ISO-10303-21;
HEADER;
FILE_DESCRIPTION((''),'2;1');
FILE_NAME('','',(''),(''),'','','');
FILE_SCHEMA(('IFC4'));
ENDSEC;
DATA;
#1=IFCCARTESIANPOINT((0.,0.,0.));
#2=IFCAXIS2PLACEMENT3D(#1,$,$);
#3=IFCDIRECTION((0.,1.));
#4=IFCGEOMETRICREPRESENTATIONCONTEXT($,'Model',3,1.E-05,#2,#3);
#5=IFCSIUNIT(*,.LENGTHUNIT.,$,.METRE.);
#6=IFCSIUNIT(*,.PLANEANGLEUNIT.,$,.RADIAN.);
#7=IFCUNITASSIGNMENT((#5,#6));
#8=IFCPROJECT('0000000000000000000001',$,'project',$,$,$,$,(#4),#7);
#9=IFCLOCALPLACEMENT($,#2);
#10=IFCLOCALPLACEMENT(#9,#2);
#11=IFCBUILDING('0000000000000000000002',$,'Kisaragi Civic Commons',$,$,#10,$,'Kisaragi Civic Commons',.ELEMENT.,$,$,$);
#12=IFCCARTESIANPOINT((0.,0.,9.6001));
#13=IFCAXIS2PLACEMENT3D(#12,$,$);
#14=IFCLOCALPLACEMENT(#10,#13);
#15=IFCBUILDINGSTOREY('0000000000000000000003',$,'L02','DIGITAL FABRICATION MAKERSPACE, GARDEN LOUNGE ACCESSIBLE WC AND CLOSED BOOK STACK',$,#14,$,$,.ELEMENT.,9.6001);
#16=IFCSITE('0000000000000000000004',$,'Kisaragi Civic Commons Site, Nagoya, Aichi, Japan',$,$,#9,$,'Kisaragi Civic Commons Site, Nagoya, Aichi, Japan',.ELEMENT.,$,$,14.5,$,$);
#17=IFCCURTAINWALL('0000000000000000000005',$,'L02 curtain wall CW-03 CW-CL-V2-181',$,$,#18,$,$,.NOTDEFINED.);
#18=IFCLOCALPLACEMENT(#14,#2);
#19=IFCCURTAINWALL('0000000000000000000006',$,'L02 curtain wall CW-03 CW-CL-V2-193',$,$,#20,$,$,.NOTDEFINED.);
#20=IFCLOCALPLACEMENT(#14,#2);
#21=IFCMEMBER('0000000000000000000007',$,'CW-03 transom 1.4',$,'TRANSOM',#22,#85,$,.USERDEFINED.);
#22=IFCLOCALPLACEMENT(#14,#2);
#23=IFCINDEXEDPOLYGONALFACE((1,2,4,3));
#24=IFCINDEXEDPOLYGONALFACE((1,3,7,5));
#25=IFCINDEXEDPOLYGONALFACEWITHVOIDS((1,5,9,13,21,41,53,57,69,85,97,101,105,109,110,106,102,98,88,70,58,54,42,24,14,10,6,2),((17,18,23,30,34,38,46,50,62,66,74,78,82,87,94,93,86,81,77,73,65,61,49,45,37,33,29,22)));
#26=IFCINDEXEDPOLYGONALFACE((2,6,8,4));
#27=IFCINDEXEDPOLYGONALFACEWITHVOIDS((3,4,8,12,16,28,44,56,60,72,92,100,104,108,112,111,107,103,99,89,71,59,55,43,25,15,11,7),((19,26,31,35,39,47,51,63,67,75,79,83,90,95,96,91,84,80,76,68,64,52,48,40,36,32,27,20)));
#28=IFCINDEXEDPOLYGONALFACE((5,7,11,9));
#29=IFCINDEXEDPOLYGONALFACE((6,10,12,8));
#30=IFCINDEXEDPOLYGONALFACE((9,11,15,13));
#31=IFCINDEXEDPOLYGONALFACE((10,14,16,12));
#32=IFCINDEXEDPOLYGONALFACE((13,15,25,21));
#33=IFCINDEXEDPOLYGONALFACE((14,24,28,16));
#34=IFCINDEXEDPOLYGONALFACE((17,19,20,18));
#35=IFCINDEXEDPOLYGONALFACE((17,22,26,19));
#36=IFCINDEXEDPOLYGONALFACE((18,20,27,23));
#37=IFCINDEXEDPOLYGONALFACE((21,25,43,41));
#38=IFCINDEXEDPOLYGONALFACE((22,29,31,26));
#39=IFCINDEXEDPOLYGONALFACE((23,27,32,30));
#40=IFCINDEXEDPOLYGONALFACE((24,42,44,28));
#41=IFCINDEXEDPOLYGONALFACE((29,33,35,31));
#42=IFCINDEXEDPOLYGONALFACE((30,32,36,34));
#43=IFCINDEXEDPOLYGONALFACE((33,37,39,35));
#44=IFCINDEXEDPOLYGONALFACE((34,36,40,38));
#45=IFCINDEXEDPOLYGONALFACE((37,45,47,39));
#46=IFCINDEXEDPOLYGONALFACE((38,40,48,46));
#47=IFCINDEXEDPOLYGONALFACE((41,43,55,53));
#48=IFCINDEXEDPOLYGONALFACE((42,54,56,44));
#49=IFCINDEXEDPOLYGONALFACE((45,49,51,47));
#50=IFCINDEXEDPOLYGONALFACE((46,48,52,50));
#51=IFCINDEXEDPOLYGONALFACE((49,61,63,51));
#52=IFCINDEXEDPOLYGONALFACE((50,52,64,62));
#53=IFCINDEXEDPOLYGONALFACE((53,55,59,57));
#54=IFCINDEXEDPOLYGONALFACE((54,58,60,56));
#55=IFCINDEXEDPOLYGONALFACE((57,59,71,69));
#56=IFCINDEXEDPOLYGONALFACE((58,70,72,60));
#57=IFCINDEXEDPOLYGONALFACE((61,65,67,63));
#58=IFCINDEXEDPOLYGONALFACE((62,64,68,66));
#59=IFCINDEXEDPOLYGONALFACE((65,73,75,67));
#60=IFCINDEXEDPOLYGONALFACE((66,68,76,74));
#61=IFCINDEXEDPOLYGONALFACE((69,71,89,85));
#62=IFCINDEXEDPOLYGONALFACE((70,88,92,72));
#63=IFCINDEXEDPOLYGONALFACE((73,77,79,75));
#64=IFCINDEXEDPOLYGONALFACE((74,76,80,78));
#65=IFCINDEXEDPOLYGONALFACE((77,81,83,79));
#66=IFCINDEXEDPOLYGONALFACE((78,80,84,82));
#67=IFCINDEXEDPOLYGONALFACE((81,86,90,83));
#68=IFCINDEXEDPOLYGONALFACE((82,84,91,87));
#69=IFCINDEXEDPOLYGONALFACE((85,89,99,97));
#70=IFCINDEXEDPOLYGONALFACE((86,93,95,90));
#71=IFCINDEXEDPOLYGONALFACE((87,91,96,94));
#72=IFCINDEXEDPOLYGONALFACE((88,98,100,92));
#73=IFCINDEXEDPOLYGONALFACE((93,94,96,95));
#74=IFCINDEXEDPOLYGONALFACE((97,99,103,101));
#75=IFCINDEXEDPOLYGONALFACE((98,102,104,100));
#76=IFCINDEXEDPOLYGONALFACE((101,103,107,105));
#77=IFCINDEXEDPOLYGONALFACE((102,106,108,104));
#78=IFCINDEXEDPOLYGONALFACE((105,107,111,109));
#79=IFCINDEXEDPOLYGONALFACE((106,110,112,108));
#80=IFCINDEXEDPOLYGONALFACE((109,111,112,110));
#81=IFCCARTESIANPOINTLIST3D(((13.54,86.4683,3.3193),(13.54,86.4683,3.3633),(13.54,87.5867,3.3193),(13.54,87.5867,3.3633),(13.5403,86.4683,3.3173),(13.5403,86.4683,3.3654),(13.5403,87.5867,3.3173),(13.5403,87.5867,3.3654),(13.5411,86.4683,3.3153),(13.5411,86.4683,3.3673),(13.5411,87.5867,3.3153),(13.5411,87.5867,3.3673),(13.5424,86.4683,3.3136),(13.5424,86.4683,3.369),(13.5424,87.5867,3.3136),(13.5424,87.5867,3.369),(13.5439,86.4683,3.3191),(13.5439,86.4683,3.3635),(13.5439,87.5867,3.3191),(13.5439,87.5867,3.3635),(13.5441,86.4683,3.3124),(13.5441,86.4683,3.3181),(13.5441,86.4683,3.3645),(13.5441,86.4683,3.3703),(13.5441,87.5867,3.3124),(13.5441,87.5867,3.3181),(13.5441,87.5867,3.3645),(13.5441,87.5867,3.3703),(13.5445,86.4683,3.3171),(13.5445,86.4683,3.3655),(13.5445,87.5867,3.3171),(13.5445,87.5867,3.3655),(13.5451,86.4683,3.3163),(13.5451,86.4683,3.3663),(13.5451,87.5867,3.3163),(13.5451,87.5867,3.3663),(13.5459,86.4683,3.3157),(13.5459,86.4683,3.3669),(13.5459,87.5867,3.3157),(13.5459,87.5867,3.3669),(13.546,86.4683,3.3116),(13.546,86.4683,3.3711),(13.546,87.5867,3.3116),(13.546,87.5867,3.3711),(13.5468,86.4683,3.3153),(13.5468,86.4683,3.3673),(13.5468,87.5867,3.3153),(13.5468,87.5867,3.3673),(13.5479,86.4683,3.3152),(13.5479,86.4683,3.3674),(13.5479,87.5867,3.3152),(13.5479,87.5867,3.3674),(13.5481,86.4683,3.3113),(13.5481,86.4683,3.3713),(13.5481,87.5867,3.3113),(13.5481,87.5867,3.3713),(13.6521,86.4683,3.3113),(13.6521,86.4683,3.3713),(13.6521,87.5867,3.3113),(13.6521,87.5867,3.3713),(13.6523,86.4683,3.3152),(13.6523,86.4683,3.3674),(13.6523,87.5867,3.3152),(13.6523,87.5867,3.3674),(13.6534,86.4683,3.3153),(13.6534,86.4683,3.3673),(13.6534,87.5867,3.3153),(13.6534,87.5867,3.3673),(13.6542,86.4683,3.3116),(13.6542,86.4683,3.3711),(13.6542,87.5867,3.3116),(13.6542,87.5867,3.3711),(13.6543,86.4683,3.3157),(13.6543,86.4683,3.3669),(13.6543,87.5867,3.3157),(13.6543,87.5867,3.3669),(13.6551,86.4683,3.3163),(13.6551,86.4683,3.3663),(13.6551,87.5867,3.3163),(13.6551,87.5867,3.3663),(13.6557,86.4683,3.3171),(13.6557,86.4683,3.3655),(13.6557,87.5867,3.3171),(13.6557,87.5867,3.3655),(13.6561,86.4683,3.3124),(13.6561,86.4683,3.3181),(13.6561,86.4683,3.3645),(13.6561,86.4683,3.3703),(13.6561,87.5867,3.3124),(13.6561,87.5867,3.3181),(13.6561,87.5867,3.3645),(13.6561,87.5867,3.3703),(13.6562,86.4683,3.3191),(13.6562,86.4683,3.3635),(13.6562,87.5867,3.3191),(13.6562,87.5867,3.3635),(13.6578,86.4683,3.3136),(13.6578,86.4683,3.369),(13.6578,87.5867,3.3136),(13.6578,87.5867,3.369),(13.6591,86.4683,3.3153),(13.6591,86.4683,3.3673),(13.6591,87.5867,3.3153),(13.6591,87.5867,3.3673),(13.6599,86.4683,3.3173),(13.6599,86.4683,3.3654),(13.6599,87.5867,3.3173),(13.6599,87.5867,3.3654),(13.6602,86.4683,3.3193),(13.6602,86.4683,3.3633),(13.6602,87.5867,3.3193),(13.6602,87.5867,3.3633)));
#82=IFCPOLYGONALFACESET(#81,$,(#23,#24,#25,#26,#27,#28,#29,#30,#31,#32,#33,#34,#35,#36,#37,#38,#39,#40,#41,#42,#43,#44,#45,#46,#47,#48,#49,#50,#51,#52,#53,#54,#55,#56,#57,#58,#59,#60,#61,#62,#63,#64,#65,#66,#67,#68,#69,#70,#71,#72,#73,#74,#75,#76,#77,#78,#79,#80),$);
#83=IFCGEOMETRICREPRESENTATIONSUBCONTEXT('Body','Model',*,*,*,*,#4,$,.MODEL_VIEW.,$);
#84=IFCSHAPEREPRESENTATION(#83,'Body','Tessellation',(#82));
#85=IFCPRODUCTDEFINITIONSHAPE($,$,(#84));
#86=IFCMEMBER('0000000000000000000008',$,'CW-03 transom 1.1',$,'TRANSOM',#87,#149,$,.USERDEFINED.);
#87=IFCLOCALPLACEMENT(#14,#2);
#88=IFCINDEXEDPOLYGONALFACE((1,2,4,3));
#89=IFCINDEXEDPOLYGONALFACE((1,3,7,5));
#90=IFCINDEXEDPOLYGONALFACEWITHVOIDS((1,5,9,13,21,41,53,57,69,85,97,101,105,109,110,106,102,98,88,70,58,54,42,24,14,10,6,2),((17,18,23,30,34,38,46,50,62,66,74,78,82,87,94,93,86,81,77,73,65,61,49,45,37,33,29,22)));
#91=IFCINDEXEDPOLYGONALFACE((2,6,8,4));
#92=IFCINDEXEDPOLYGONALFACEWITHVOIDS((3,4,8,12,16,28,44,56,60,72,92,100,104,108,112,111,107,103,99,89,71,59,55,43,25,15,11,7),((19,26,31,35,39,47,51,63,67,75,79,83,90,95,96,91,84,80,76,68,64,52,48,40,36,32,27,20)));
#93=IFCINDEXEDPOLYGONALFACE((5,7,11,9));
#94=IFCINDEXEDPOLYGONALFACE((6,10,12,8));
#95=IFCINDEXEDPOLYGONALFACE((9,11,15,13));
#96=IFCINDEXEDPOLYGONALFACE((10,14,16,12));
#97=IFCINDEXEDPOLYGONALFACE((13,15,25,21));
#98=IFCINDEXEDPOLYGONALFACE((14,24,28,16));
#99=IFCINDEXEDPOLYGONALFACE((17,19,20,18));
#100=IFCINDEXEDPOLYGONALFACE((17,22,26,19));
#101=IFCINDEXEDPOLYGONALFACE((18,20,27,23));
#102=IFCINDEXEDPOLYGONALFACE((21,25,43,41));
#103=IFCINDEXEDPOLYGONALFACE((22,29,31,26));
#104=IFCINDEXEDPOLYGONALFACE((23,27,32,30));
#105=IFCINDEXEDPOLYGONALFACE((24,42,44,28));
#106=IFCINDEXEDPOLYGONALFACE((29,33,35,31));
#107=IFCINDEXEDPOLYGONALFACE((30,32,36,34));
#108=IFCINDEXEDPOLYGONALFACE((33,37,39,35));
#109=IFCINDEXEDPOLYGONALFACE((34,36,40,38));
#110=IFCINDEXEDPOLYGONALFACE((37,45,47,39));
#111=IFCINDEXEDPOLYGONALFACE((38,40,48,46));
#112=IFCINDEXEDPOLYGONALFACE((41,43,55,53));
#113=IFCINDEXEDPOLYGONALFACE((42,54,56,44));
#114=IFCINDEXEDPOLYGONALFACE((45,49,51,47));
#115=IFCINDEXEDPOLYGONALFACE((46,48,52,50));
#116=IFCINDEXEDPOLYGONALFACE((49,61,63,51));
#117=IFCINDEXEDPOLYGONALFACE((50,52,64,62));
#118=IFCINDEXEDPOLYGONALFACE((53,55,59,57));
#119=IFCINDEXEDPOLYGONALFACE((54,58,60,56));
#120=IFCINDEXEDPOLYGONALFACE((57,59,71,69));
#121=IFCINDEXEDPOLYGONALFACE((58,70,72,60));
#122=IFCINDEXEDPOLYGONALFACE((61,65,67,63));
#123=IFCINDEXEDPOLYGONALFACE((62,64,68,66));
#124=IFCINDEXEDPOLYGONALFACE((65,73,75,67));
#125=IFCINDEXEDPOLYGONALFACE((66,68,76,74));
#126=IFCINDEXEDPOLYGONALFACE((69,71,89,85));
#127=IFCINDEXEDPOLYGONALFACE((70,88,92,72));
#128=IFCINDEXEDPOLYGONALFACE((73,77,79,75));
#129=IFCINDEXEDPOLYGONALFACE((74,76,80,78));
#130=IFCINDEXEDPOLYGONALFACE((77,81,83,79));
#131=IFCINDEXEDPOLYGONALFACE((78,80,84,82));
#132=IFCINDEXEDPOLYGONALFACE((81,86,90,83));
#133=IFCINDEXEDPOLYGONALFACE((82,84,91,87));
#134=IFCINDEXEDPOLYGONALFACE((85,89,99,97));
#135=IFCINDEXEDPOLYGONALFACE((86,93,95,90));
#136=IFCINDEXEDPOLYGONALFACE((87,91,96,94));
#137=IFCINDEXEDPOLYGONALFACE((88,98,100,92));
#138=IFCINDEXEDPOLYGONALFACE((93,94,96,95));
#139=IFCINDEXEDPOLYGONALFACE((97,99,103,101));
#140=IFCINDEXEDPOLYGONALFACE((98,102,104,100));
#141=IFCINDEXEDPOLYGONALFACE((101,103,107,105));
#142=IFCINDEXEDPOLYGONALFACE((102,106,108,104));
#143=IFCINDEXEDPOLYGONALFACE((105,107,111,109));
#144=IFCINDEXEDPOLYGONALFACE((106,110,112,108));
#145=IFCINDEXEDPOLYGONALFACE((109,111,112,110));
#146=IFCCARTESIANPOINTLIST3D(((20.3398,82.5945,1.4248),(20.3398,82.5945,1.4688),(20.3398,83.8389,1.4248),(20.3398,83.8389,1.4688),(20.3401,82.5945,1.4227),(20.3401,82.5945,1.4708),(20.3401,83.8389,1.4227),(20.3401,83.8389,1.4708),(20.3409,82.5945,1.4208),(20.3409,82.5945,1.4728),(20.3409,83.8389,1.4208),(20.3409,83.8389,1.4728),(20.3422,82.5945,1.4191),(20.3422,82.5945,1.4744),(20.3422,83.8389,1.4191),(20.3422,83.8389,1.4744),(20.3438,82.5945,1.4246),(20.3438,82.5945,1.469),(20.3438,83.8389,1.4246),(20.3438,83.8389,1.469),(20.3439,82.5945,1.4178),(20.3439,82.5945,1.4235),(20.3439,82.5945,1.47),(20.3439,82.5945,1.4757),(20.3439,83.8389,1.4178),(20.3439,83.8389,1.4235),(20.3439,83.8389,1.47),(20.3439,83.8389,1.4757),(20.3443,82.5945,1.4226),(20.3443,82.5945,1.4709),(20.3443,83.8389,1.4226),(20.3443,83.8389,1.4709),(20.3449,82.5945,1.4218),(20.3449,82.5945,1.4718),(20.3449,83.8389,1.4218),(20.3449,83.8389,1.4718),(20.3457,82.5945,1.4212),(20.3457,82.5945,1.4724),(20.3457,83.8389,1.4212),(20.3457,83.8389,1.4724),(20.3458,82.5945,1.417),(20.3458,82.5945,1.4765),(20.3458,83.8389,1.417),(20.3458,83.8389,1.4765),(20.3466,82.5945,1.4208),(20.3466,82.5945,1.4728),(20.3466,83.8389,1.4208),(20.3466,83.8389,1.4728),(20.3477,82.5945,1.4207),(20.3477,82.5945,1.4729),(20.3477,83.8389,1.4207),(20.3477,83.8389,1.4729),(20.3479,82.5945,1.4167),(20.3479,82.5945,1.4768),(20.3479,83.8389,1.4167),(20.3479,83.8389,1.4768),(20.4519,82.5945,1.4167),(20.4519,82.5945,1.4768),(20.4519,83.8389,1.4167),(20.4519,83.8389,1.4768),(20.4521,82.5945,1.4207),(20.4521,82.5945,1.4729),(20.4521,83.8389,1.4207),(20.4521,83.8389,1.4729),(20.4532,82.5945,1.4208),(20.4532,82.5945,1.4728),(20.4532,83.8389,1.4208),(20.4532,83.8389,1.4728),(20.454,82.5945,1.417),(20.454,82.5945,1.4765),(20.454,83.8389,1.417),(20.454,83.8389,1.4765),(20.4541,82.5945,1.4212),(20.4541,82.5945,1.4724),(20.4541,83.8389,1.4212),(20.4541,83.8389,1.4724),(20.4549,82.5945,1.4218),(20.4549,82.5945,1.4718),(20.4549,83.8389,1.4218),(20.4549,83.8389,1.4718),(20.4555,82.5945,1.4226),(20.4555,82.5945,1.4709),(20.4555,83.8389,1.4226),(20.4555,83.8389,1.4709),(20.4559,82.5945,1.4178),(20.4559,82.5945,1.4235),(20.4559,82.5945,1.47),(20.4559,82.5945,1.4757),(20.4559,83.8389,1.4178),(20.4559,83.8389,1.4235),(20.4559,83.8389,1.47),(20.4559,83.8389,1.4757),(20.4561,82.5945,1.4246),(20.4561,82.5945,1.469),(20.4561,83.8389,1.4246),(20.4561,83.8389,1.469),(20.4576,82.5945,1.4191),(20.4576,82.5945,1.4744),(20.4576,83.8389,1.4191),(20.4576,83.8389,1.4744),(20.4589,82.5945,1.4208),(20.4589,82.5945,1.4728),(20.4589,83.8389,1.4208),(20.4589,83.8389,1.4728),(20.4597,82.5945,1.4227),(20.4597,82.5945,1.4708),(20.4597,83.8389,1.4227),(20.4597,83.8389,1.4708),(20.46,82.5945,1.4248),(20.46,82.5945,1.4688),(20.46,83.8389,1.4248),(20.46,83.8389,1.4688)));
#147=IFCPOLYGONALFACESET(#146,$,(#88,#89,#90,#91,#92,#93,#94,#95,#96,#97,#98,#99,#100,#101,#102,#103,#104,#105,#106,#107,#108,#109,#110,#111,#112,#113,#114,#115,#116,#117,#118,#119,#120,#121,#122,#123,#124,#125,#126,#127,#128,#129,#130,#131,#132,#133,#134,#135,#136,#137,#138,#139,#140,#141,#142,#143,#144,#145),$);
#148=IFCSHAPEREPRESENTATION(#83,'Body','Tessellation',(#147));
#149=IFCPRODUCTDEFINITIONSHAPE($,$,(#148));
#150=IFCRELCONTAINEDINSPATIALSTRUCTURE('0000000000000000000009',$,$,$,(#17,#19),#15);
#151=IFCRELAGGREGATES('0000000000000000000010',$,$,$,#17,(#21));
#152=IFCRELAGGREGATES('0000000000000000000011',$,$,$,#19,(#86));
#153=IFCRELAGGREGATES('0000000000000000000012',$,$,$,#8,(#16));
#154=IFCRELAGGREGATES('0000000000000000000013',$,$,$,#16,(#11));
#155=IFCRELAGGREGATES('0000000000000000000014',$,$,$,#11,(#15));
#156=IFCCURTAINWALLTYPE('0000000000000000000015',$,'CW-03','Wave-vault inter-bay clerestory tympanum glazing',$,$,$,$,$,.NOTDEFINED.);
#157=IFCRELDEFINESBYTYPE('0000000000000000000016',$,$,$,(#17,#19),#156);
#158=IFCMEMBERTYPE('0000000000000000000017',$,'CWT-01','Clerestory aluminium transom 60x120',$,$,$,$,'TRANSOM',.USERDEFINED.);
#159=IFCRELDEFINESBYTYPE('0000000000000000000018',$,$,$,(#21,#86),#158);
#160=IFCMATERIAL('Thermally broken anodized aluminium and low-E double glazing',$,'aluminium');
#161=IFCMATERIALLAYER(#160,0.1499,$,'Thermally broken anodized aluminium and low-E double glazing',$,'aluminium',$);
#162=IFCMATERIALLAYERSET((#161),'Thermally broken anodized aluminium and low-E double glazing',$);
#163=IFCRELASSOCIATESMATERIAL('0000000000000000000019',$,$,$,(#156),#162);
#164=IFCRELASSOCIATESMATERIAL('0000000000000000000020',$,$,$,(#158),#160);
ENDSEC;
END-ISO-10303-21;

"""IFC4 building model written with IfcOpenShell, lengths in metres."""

from ifc_helpers import new_model, si_unit, direction, frame, origin, origin_2d, place, context, subcontext, project, spatial, hollow_rectangle, extrude, material, layer, layer_set, material_profile, profile_set, type_object, element, aggregate, save


model = new_model("IFC4")

# Units and contexts
model_context = context("Model", 3, precision=1e-05, world=origin(), true_north=direction((0.0, 1.0)))
body_context = subcontext(model_context, "Body", "Model", "MODEL_VIEW")
ifc_project = project(units=[si_unit("LENGTHUNIT", "METRE"), si_unit("PLANEANGLEUNIT", "RADIAN")], contexts=[model_context])

# Site, building, storey
site_placement = place(None, origin())
site = spatial("IfcSite", under=ifc_project, at=site_placement, Name="Kisaragi Civic Commons Site, Nagoya, Aichi, Japan", LongName="Kisaragi Civic Commons Site, Nagoya, Aichi, Japan", CompositionType="ELEMENT", RefElevation=14.5)
building_placement = place(site_placement, origin())
building = spatial("IfcBuilding", under=site, at=building_placement, Name="Kisaragi Civic Commons", LongName="Kisaragi Civic Commons", CompositionType="ELEMENT")
storey_placement = place(building_placement, frame((0.0, 0.0, 9.6001)))
storey = spatial("IfcBuildingStorey", under=building, at=storey_placement, Name="L02", Description="DIGITAL FABRICATION MAKERSPACE, GARDEN LOUNGE ACCESSIBLE WC AND CLOSED BOOK STACK", CompositionType="ELEMENT", Elevation=9.6001)

# Curtain walls
ifc_material_1 = material(Name="Thermally broken anodized aluminium and low-E double glazing", Category="aluminium")
ifc_layer_1 = layer(ifc_material_1, 0.1499, Name="Thermally broken anodized aluminium and low-E double glazing", Category="aluminium")
ifc_layer_set_1 = layer_set([ifc_layer_1], Name="Thermally broken anodized aluminium and low-E double glazing")
curtain_wall_type = type_object("IfcCurtainWallType", Name="CW-03", Description="Wave-vault inter-bay clerestory tympanum glazing", PredefinedType="NOTDEFINED", material=ifc_layer_set_1)
curtain_wall_1_placement = place(storey_placement, origin())
curtain_wall_1 = element("IfcCurtainWall", 1, at=curtain_wall_1_placement, inside=storey, type_object=curtain_wall_type, Name="L02 curtain wall CW-03 CW-CL-V2-181", PredefinedType="NOTDEFINED")
curtain_wall_2_placement = place(storey_placement, origin())
curtain_wall_2 = element("IfcCurtainWall", 2, at=curtain_wall_2_placement, inside=storey, type_object=curtain_wall_type, Name="L02 curtain wall CW-03 CW-CL-V2-193", PredefinedType="NOTDEFINED")

# Members
ifc_material_profile_1 = material_profile(ifc_material_1, hollow_rectangle(XDim=0.1201, YDim=0.0601, WallThickness=0.0039, InnerFilletRadius=0.0039, OuterFilletRadius=0.0081, at=origin_2d()), Name="CWT-60x120x4", Category="aluminium")
ifc_profile_set_1 = profile_set([ifc_material_profile_1], Name="Thermally broken anodized aluminium and low-E double glazing")
member_type_1 = type_object("IfcMemberType", Name="CWT-01", Description="Clerestory aluminium transom 60x120", ElementType="TRANSOM", PredefinedType="USERDEFINED", material=ifc_profile_set_1)
member_1_placement = place(storey_placement, frame((13.6001, 86.4683, 3.3413), z_axis=(0.0, 1.0, 0.0), x_axis=(-1.0, 0.0, 0.0)))
member_1 = element("IfcMember", 3, at=member_1_placement, type_object=member_type_1, Name="CW-03 transom 1.4", ObjectType="TRANSOM", PredefinedType="USERDEFINED", context=body_context, shape_type="SweptSolid", body=[
    extrude(hollow_rectangle(XDim=0.1201, YDim=0.0601, WallThickness=0.0039, InnerFilletRadius=0.0039, OuterFilletRadius=0.0081, at=origin_2d()), origin(), (0.0, 0.0, 1.0), 1.1184),
])
member_2_placement = place(storey_placement, frame((20.3999, 82.5945, 1.4468), z_axis=(0.0, 1.0, 0.0), x_axis=(-1.0, 0.0, 0.0)))
member_2 = element("IfcMember", 4, at=member_2_placement, type_object=member_type_1, Name="CW-03 transom 1.1", ObjectType="TRANSOM", PredefinedType="USERDEFINED", context=body_context, shape_type="SweptSolid", body=[
    extrude(hollow_rectangle(XDim=0.1201, YDim=0.0601, WallThickness=0.0039, InnerFilletRadius=0.0039, OuterFilletRadius=0.0081, at=origin_2d()), origin(), (0.0, 0.0, 1.0), 1.2444),
])

aggregate(curtain_wall_1, [member_1])
aggregate(curtain_wall_2, [member_2])

save(model, "model.ifc")
